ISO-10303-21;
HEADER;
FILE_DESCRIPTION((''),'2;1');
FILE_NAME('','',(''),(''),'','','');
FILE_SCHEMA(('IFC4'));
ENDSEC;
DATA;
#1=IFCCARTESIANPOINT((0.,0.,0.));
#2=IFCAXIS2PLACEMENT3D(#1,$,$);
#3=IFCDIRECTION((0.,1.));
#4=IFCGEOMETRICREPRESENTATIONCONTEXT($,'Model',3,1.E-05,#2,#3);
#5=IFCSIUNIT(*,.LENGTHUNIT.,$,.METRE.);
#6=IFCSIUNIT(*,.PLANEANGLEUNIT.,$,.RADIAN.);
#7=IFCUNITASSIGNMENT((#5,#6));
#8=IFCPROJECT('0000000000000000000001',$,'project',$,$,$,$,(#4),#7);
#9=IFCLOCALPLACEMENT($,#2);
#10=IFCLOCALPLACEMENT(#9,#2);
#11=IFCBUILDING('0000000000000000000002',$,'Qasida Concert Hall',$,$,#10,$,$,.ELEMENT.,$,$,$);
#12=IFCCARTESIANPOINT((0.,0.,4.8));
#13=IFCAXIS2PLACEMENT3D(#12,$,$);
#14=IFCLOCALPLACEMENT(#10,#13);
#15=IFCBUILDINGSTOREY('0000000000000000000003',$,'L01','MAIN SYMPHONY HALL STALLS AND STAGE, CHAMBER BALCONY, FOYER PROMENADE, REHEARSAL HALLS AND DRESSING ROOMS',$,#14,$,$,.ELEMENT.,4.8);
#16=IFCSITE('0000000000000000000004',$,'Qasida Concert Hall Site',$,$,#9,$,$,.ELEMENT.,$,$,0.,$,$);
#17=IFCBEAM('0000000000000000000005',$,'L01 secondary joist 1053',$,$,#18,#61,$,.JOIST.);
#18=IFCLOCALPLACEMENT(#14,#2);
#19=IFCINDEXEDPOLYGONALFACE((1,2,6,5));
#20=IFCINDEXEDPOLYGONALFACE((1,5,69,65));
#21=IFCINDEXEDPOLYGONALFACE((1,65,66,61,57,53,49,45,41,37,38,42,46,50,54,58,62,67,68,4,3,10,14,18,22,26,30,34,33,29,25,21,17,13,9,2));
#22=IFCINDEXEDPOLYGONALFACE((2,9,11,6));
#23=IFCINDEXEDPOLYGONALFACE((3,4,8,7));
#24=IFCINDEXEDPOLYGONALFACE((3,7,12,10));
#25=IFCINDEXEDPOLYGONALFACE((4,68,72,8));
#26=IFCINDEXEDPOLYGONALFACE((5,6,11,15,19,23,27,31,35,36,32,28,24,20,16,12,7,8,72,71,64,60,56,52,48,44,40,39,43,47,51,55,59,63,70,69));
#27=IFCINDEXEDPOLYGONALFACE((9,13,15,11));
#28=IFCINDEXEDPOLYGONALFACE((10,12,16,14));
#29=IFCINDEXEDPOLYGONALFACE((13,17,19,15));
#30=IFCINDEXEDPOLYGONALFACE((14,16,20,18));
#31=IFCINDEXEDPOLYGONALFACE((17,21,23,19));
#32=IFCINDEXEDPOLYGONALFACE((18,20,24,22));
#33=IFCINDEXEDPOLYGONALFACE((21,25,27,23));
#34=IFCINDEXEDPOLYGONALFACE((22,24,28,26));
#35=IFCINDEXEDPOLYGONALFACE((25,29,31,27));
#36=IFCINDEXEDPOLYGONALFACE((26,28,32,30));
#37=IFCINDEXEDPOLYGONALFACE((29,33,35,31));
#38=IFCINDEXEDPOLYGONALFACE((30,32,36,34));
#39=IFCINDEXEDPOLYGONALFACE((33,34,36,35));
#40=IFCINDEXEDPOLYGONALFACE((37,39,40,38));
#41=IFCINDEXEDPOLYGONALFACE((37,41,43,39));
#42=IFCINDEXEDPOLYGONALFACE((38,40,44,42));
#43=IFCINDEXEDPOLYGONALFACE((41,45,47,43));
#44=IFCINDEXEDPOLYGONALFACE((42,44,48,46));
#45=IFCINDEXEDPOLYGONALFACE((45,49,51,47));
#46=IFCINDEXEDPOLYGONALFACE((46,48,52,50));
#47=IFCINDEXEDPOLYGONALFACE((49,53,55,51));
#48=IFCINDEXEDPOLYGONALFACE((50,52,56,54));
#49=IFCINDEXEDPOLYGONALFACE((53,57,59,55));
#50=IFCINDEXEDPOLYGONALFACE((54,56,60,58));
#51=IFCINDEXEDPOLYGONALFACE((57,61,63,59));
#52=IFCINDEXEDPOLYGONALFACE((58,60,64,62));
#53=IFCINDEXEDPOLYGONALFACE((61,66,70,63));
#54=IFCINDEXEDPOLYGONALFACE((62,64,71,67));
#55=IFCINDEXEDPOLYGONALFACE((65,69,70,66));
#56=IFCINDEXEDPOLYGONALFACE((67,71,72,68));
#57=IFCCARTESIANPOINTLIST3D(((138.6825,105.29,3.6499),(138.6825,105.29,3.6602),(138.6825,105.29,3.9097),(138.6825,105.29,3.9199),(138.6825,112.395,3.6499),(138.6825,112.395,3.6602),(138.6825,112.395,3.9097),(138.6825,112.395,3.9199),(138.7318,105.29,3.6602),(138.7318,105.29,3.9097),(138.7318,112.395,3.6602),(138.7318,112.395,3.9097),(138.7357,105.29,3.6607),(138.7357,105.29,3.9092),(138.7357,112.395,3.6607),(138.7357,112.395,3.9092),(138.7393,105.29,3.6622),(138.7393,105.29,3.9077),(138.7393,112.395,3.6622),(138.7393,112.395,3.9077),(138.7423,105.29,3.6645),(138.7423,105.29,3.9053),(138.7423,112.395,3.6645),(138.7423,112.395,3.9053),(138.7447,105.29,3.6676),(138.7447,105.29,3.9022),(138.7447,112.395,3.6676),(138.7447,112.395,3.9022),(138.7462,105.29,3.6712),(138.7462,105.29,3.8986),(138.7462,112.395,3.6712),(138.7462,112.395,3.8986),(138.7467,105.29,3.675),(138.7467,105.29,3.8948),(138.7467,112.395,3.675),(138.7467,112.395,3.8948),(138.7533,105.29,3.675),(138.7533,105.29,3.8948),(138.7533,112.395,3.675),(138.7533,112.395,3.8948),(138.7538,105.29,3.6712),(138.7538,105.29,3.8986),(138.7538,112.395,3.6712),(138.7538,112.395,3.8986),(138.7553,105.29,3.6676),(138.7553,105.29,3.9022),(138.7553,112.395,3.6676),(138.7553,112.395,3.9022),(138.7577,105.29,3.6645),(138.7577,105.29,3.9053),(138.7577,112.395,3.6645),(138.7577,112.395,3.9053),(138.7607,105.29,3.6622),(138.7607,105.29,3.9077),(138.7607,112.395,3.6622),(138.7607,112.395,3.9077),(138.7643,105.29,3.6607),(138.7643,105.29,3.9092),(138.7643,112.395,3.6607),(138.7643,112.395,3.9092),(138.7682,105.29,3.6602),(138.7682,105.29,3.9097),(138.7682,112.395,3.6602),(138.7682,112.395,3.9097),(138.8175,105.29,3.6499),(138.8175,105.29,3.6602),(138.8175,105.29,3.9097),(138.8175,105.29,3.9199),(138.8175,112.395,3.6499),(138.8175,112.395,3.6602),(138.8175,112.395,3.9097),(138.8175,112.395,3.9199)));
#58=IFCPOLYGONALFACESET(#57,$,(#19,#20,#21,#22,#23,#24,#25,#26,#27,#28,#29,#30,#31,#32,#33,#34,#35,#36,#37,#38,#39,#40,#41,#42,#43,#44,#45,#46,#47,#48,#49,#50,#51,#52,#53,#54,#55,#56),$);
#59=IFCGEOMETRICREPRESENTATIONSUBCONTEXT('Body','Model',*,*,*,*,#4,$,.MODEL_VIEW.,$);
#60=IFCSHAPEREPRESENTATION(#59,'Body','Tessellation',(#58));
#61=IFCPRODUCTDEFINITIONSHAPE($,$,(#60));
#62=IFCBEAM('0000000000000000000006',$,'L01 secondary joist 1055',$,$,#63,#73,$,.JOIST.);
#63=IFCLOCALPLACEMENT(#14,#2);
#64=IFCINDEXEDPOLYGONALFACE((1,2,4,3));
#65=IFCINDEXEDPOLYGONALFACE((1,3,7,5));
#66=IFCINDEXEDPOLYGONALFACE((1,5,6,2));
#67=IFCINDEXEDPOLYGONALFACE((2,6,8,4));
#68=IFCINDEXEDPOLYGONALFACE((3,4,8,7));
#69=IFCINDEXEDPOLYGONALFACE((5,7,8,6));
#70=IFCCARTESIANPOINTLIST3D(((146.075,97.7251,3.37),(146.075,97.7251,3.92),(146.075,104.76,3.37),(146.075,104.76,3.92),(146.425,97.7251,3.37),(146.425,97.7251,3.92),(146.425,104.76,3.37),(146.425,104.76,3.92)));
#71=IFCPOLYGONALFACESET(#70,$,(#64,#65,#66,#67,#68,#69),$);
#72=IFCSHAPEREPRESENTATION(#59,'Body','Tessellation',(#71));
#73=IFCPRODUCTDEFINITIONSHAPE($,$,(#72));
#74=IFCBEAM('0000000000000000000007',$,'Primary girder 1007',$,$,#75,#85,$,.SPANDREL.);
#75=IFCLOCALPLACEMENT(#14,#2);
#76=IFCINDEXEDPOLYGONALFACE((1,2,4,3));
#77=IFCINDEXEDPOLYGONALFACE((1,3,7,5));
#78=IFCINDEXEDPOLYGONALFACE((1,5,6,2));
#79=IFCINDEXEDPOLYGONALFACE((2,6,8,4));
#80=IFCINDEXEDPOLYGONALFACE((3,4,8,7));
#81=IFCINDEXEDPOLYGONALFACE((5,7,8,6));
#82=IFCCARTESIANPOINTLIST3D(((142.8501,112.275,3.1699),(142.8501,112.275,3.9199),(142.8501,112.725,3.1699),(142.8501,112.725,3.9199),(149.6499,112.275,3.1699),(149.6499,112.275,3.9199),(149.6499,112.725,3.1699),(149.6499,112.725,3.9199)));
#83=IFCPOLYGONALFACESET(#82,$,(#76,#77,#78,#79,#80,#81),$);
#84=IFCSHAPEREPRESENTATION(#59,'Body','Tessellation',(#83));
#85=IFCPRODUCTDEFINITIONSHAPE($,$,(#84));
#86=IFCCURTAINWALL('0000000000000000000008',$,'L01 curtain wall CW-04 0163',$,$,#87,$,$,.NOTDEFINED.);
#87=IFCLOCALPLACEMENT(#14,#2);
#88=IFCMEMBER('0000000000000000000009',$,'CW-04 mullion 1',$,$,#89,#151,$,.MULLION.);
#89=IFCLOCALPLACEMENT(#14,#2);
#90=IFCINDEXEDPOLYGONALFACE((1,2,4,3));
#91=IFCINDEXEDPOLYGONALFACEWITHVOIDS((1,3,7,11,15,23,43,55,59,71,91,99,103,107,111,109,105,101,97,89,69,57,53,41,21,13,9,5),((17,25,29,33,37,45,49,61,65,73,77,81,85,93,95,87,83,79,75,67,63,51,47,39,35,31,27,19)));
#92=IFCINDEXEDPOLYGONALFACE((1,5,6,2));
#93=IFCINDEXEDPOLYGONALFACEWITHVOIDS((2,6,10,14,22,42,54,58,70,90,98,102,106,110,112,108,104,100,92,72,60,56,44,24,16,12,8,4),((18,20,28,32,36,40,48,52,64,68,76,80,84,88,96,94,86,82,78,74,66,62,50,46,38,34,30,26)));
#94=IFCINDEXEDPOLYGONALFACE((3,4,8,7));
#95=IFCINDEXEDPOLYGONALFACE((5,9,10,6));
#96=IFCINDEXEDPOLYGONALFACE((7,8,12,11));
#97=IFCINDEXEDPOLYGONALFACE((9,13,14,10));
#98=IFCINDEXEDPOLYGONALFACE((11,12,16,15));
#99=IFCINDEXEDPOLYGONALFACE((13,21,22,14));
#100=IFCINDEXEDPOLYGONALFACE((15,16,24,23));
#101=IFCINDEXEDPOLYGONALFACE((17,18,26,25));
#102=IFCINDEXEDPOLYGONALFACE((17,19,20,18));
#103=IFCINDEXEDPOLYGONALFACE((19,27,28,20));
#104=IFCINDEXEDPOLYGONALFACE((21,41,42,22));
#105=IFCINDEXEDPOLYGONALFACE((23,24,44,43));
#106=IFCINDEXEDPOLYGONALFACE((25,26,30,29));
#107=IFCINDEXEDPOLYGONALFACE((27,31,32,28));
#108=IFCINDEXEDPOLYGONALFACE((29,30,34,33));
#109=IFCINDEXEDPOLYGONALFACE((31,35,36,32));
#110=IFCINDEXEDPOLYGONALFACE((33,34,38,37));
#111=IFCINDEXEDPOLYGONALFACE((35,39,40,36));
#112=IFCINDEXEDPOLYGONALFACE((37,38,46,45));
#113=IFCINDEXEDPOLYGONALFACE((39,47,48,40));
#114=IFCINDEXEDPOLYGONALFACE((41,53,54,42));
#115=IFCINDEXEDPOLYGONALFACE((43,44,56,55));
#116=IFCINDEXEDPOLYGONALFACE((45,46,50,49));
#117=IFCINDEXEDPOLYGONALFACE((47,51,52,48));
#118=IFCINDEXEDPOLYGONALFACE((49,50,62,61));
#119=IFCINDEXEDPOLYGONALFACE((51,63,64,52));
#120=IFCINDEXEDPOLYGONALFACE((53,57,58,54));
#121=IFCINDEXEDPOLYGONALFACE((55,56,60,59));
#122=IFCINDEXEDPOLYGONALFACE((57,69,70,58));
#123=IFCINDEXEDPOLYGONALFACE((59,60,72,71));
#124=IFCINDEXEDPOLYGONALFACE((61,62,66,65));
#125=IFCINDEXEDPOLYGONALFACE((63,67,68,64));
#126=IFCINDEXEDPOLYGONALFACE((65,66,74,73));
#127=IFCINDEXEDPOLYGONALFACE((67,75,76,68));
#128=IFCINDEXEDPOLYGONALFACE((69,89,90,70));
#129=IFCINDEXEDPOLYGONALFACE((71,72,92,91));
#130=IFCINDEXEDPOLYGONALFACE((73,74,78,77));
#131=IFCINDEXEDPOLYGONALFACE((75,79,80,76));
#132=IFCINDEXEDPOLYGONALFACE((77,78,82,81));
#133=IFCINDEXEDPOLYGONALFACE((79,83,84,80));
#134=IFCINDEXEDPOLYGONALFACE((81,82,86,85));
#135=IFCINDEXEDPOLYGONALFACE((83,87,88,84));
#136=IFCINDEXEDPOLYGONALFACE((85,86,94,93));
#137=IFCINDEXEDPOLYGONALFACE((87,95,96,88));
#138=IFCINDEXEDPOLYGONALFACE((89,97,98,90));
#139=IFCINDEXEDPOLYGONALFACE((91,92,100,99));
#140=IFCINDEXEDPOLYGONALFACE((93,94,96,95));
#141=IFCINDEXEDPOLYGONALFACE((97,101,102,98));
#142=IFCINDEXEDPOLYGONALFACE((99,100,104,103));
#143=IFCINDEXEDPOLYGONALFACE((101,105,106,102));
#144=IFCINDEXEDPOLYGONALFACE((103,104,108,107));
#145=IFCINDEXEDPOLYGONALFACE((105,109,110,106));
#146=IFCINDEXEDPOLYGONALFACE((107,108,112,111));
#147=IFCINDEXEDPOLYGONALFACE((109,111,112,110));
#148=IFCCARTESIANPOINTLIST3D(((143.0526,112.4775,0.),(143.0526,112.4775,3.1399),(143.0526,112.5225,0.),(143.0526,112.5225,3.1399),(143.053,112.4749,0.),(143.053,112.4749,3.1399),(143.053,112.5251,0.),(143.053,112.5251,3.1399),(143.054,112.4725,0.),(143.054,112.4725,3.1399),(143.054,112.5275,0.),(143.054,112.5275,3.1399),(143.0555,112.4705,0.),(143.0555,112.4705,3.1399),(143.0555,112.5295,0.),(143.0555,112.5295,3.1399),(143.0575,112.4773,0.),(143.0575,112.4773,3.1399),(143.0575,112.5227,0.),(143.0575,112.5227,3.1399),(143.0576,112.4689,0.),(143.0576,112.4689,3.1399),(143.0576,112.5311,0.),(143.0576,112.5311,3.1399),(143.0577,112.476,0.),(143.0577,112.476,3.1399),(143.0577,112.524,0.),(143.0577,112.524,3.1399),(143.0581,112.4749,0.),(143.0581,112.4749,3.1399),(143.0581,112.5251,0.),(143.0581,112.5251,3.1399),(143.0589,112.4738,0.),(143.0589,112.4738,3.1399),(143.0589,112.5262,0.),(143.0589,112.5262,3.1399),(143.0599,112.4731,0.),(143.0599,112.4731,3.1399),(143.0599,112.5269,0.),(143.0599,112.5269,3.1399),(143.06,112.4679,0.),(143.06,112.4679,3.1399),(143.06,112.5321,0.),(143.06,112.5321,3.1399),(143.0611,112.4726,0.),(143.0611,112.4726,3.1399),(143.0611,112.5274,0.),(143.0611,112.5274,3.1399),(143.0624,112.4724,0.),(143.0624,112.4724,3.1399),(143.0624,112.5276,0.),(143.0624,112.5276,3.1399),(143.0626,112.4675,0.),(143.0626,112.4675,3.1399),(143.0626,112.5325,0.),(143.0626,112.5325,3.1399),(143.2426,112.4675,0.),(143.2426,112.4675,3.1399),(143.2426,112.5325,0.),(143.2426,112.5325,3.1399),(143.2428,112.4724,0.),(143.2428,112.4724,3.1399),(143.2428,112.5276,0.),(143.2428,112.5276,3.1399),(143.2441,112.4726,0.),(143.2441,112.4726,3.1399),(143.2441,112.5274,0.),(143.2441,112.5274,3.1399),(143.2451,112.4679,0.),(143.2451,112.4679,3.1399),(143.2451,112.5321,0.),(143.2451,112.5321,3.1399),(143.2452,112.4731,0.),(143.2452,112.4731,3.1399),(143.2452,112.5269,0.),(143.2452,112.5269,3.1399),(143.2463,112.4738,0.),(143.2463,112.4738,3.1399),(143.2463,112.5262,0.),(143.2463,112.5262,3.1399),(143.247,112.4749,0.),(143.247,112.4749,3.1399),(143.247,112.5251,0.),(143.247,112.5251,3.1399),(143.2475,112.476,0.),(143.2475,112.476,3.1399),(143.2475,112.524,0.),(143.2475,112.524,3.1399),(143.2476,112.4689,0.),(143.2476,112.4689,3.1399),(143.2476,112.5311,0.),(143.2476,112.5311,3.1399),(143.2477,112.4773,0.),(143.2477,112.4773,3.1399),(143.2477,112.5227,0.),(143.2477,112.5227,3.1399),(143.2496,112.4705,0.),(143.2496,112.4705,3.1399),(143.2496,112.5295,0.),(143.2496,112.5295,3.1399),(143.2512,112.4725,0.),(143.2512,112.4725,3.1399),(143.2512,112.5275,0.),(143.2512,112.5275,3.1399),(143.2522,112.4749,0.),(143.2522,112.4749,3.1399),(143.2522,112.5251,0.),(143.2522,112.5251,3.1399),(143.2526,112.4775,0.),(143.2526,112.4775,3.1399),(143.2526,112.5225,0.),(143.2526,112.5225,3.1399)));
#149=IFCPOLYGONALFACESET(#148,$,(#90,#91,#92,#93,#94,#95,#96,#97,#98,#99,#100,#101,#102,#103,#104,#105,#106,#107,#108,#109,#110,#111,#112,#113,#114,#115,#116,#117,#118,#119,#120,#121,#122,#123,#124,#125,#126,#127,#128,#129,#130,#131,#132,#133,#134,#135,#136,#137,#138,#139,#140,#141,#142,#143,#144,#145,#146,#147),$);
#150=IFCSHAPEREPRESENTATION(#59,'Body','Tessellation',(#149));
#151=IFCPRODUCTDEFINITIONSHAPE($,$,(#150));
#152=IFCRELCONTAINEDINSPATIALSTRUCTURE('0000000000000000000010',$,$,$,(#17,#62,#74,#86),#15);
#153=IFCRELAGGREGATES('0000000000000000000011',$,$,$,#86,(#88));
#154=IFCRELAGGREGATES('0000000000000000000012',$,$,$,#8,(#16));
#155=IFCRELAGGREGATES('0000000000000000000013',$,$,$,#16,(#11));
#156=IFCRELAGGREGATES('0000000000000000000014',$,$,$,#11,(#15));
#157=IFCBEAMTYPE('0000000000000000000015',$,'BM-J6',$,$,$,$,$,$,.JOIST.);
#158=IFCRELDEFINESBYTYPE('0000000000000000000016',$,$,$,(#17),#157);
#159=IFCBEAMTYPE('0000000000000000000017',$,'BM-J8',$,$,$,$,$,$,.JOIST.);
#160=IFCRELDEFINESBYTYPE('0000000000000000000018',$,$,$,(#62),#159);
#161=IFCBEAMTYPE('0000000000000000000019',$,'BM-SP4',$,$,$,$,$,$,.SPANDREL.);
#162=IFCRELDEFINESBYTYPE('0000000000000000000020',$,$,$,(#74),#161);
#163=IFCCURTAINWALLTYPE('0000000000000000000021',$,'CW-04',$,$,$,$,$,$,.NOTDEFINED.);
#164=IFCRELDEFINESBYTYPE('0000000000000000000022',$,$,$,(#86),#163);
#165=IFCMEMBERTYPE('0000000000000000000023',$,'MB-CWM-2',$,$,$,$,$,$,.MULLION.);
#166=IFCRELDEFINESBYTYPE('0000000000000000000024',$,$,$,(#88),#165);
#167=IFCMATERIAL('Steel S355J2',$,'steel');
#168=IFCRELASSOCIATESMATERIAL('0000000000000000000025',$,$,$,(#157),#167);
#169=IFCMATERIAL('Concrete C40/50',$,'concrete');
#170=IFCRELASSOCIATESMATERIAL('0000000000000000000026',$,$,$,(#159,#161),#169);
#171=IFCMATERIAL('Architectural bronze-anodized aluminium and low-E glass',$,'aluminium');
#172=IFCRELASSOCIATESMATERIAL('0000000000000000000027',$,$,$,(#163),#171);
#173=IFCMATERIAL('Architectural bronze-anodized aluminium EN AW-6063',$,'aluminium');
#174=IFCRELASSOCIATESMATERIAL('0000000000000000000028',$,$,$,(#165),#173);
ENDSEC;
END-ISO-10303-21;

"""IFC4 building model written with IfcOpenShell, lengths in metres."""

from ifc_helpers import new_model, si_unit, direction, frame, origin, origin_2d, place, context, subcontext, project, spatial, rectangle, hollow_rectangle, i_section, extrude, material, material_profile, profile_set, type_object, element, aggregate, save


model = new_model("IFC4")

# Units and contexts
model_context = context("Model", 3, precision=1e-05, world=origin(), true_north=direction((0.0, 1.0)))
body_context = subcontext(model_context, "Body", "Model", "MODEL_VIEW")
ifc_project = project(units=[si_unit("LENGTHUNIT", "METRE"), si_unit("PLANEANGLEUNIT", "RADIAN")], contexts=[model_context])

# Site, building, storey
site_placement = place(None, origin())
site = spatial("IfcSite", under=ifc_project, at=site_placement, Name="Qasida Concert Hall Site", CompositionType="ELEMENT", RefElevation=0.0)
building_placement = place(site_placement, origin())
building = spatial("IfcBuilding", under=site, at=building_placement, Name="Qasida Concert Hall", CompositionType="ELEMENT")
storey_placement = place(building_placement, frame((0.0, 0.0, 4.8)))
storey = spatial("IfcBuildingStorey", under=building, at=storey_placement, Name="L01", Description="MAIN SYMPHONY HALL STALLS AND STAGE, CHAMBER BALCONY, FOYER PROMENADE, REHEARSAL HALLS AND DRESSING ROOMS", CompositionType="ELEMENT", Elevation=4.8)

# Beams
ifc_material_1 = material(Name="Concrete C40/50", Category="concrete")
ifc_material_2 = material(Name="Steel S355J2", Category="steel")
ifc_material_profile_1 = material_profile(ifc_material_2, i_section(OverallWidth=0.135, OverallDepth=0.27, WebThickness=0.0066, FlangeThickness=0.0103, FilletRadius=0.0149, at=origin_2d()), Name="IPE 270")
ifc_profile_set_1 = profile_set([ifc_material_profile_1], Name="Steel S355J2")
beam_type_1 = type_object("IfcBeamType", Name="BM-J6", PredefinedType="JOIST", material=ifc_profile_set_1)
beam_1_placement = place(storey_placement, frame((138.75, 105.29, 3.7849), z_axis=(0.0, 1.0, 0.0), x_axis=(-1.0, 0.0, 0.0)))
element("IfcBeam", 1, at=beam_1_placement, inside=storey, type_object=beam_type_1, Name="L01 secondary joist 1053", PredefinedType="JOIST", context=body_context, shape_type="SweptSolid", body=[
    extrude(i_section(OverallWidth=0.135, OverallDepth=0.27, WebThickness=0.0066, FlangeThickness=0.0103, FilletRadius=0.0149, at=origin_2d()), origin(), (0.0, 0.0, 1.0), 7.105),
])
ifc_material_profile_2 = material_profile(ifc_material_1, rectangle(XDim=0.3501, YDim=0.55, at=origin_2d()), Name="RC 350x550")
ifc_profile_set_2 = profile_set([ifc_material_profile_2], Name="Concrete C40/50")
beam_type_2 = type_object("IfcBeamType", Name="BM-J8", PredefinedType="JOIST", material=ifc_profile_set_2)
beam_2_placement = place(storey_placement, frame((146.25, 97.7251, 3.645), z_axis=(0.0, 1.0, 0.0), x_axis=(-1.0, 0.0, 0.0)))
element("IfcBeam", 2, at=beam_2_placement, inside=storey, type_object=beam_type_2, Name="L01 secondary joist 1055", PredefinedType="JOIST", context=body_context, shape_type="SweptSolid", body=[
    extrude(rectangle(XDim=0.3501, YDim=0.55, at=origin_2d()), origin(), (0.0, 0.0, 1.0), 7.0349),
])
ifc_material_profile_3 = material_profile(ifc_material_1, rectangle(XDim=0.45, YDim=0.75, at=origin_2d()), Name="RC 450x750")
ifc_profile_set_3 = profile_set([ifc_material_profile_3], Name="Concrete C40/50")
beam_type_3 = type_object("IfcBeamType", Name="BM-SP4", PredefinedType="SPANDREL", material=ifc_profile_set_3)
beam_3_placement = place(storey_placement, frame((142.8501, 112.5, 3.5449), z_axis=(1.0, 0.0, 0.0), x_axis=(0.0, 1.0, 0.0)))
element("IfcBeam", 3, at=beam_3_placement, inside=storey, type_object=beam_type_3, Name="Primary girder 1007", PredefinedType="SPANDREL", context=body_context, shape_type="SweptSolid", body=[
    extrude(rectangle(XDim=0.45, YDim=0.75, at=origin_2d()), origin(), (0.0, 0.0, 1.0), 6.7998),
])

# Curtain wall, member
ifc_material_3 = material(Name="Architectural bronze-anodized aluminium and low-E glass", Category="aluminium")
curtain_wall_type = type_object("IfcCurtainWallType", Name="CW-04", PredefinedType="NOTDEFINED", material=ifc_material_3)
curtain_wall_placement = place(storey_placement, origin())
curtain_wall = element("IfcCurtainWall", 4, at=curtain_wall_placement, inside=storey, type_object=curtain_wall_type, Name="L01 curtain wall CW-04 0163", PredefinedType="NOTDEFINED")
ifc_material_4 = material(Name="Architectural bronze-anodized aluminium EN AW-6063", Category="aluminium")
ifc_material_profile_4 = material_profile(ifc_material_4, hollow_rectangle(XDim=0.0649, YDim=0.2, WallThickness=0.0049, InnerFilletRadius=0.0049, OuterFilletRadius=0.01, at=origin_2d()), Name="CWM 200x65x5")
ifc_profile_set_4 = profile_set([ifc_material_profile_4], Name="Architectural bronze-anodized aluminium EN AW-6063")
member_type_1 = type_object("IfcMemberType", Name="MB-CWM-2", PredefinedType="MULLION", material=ifc_profile_set_4)
member_1_placement = place(storey_placement, frame((143.1526, 112.5, 0.0), z_axis=(0.0, 0.0, 1.0), x_axis=(0.0, 1.0, 0.0)))
member_1 = element("IfcMember", 5, at=member_1_placement, type_object=member_type_1, Name="CW-04 mullion 1", PredefinedType="MULLION", context=body_context, shape_type="SweptSolid", body=[
    extrude(hollow_rectangle(XDim=0.0649, YDim=0.2, WallThickness=0.0049, InnerFilletRadius=0.0049, OuterFilletRadius=0.01, at=origin_2d()), origin(), (0.0, 0.0, 1.0), 3.1399),
])
aggregate(curtain_wall, [member_1])

save(model, "model.ifc")
